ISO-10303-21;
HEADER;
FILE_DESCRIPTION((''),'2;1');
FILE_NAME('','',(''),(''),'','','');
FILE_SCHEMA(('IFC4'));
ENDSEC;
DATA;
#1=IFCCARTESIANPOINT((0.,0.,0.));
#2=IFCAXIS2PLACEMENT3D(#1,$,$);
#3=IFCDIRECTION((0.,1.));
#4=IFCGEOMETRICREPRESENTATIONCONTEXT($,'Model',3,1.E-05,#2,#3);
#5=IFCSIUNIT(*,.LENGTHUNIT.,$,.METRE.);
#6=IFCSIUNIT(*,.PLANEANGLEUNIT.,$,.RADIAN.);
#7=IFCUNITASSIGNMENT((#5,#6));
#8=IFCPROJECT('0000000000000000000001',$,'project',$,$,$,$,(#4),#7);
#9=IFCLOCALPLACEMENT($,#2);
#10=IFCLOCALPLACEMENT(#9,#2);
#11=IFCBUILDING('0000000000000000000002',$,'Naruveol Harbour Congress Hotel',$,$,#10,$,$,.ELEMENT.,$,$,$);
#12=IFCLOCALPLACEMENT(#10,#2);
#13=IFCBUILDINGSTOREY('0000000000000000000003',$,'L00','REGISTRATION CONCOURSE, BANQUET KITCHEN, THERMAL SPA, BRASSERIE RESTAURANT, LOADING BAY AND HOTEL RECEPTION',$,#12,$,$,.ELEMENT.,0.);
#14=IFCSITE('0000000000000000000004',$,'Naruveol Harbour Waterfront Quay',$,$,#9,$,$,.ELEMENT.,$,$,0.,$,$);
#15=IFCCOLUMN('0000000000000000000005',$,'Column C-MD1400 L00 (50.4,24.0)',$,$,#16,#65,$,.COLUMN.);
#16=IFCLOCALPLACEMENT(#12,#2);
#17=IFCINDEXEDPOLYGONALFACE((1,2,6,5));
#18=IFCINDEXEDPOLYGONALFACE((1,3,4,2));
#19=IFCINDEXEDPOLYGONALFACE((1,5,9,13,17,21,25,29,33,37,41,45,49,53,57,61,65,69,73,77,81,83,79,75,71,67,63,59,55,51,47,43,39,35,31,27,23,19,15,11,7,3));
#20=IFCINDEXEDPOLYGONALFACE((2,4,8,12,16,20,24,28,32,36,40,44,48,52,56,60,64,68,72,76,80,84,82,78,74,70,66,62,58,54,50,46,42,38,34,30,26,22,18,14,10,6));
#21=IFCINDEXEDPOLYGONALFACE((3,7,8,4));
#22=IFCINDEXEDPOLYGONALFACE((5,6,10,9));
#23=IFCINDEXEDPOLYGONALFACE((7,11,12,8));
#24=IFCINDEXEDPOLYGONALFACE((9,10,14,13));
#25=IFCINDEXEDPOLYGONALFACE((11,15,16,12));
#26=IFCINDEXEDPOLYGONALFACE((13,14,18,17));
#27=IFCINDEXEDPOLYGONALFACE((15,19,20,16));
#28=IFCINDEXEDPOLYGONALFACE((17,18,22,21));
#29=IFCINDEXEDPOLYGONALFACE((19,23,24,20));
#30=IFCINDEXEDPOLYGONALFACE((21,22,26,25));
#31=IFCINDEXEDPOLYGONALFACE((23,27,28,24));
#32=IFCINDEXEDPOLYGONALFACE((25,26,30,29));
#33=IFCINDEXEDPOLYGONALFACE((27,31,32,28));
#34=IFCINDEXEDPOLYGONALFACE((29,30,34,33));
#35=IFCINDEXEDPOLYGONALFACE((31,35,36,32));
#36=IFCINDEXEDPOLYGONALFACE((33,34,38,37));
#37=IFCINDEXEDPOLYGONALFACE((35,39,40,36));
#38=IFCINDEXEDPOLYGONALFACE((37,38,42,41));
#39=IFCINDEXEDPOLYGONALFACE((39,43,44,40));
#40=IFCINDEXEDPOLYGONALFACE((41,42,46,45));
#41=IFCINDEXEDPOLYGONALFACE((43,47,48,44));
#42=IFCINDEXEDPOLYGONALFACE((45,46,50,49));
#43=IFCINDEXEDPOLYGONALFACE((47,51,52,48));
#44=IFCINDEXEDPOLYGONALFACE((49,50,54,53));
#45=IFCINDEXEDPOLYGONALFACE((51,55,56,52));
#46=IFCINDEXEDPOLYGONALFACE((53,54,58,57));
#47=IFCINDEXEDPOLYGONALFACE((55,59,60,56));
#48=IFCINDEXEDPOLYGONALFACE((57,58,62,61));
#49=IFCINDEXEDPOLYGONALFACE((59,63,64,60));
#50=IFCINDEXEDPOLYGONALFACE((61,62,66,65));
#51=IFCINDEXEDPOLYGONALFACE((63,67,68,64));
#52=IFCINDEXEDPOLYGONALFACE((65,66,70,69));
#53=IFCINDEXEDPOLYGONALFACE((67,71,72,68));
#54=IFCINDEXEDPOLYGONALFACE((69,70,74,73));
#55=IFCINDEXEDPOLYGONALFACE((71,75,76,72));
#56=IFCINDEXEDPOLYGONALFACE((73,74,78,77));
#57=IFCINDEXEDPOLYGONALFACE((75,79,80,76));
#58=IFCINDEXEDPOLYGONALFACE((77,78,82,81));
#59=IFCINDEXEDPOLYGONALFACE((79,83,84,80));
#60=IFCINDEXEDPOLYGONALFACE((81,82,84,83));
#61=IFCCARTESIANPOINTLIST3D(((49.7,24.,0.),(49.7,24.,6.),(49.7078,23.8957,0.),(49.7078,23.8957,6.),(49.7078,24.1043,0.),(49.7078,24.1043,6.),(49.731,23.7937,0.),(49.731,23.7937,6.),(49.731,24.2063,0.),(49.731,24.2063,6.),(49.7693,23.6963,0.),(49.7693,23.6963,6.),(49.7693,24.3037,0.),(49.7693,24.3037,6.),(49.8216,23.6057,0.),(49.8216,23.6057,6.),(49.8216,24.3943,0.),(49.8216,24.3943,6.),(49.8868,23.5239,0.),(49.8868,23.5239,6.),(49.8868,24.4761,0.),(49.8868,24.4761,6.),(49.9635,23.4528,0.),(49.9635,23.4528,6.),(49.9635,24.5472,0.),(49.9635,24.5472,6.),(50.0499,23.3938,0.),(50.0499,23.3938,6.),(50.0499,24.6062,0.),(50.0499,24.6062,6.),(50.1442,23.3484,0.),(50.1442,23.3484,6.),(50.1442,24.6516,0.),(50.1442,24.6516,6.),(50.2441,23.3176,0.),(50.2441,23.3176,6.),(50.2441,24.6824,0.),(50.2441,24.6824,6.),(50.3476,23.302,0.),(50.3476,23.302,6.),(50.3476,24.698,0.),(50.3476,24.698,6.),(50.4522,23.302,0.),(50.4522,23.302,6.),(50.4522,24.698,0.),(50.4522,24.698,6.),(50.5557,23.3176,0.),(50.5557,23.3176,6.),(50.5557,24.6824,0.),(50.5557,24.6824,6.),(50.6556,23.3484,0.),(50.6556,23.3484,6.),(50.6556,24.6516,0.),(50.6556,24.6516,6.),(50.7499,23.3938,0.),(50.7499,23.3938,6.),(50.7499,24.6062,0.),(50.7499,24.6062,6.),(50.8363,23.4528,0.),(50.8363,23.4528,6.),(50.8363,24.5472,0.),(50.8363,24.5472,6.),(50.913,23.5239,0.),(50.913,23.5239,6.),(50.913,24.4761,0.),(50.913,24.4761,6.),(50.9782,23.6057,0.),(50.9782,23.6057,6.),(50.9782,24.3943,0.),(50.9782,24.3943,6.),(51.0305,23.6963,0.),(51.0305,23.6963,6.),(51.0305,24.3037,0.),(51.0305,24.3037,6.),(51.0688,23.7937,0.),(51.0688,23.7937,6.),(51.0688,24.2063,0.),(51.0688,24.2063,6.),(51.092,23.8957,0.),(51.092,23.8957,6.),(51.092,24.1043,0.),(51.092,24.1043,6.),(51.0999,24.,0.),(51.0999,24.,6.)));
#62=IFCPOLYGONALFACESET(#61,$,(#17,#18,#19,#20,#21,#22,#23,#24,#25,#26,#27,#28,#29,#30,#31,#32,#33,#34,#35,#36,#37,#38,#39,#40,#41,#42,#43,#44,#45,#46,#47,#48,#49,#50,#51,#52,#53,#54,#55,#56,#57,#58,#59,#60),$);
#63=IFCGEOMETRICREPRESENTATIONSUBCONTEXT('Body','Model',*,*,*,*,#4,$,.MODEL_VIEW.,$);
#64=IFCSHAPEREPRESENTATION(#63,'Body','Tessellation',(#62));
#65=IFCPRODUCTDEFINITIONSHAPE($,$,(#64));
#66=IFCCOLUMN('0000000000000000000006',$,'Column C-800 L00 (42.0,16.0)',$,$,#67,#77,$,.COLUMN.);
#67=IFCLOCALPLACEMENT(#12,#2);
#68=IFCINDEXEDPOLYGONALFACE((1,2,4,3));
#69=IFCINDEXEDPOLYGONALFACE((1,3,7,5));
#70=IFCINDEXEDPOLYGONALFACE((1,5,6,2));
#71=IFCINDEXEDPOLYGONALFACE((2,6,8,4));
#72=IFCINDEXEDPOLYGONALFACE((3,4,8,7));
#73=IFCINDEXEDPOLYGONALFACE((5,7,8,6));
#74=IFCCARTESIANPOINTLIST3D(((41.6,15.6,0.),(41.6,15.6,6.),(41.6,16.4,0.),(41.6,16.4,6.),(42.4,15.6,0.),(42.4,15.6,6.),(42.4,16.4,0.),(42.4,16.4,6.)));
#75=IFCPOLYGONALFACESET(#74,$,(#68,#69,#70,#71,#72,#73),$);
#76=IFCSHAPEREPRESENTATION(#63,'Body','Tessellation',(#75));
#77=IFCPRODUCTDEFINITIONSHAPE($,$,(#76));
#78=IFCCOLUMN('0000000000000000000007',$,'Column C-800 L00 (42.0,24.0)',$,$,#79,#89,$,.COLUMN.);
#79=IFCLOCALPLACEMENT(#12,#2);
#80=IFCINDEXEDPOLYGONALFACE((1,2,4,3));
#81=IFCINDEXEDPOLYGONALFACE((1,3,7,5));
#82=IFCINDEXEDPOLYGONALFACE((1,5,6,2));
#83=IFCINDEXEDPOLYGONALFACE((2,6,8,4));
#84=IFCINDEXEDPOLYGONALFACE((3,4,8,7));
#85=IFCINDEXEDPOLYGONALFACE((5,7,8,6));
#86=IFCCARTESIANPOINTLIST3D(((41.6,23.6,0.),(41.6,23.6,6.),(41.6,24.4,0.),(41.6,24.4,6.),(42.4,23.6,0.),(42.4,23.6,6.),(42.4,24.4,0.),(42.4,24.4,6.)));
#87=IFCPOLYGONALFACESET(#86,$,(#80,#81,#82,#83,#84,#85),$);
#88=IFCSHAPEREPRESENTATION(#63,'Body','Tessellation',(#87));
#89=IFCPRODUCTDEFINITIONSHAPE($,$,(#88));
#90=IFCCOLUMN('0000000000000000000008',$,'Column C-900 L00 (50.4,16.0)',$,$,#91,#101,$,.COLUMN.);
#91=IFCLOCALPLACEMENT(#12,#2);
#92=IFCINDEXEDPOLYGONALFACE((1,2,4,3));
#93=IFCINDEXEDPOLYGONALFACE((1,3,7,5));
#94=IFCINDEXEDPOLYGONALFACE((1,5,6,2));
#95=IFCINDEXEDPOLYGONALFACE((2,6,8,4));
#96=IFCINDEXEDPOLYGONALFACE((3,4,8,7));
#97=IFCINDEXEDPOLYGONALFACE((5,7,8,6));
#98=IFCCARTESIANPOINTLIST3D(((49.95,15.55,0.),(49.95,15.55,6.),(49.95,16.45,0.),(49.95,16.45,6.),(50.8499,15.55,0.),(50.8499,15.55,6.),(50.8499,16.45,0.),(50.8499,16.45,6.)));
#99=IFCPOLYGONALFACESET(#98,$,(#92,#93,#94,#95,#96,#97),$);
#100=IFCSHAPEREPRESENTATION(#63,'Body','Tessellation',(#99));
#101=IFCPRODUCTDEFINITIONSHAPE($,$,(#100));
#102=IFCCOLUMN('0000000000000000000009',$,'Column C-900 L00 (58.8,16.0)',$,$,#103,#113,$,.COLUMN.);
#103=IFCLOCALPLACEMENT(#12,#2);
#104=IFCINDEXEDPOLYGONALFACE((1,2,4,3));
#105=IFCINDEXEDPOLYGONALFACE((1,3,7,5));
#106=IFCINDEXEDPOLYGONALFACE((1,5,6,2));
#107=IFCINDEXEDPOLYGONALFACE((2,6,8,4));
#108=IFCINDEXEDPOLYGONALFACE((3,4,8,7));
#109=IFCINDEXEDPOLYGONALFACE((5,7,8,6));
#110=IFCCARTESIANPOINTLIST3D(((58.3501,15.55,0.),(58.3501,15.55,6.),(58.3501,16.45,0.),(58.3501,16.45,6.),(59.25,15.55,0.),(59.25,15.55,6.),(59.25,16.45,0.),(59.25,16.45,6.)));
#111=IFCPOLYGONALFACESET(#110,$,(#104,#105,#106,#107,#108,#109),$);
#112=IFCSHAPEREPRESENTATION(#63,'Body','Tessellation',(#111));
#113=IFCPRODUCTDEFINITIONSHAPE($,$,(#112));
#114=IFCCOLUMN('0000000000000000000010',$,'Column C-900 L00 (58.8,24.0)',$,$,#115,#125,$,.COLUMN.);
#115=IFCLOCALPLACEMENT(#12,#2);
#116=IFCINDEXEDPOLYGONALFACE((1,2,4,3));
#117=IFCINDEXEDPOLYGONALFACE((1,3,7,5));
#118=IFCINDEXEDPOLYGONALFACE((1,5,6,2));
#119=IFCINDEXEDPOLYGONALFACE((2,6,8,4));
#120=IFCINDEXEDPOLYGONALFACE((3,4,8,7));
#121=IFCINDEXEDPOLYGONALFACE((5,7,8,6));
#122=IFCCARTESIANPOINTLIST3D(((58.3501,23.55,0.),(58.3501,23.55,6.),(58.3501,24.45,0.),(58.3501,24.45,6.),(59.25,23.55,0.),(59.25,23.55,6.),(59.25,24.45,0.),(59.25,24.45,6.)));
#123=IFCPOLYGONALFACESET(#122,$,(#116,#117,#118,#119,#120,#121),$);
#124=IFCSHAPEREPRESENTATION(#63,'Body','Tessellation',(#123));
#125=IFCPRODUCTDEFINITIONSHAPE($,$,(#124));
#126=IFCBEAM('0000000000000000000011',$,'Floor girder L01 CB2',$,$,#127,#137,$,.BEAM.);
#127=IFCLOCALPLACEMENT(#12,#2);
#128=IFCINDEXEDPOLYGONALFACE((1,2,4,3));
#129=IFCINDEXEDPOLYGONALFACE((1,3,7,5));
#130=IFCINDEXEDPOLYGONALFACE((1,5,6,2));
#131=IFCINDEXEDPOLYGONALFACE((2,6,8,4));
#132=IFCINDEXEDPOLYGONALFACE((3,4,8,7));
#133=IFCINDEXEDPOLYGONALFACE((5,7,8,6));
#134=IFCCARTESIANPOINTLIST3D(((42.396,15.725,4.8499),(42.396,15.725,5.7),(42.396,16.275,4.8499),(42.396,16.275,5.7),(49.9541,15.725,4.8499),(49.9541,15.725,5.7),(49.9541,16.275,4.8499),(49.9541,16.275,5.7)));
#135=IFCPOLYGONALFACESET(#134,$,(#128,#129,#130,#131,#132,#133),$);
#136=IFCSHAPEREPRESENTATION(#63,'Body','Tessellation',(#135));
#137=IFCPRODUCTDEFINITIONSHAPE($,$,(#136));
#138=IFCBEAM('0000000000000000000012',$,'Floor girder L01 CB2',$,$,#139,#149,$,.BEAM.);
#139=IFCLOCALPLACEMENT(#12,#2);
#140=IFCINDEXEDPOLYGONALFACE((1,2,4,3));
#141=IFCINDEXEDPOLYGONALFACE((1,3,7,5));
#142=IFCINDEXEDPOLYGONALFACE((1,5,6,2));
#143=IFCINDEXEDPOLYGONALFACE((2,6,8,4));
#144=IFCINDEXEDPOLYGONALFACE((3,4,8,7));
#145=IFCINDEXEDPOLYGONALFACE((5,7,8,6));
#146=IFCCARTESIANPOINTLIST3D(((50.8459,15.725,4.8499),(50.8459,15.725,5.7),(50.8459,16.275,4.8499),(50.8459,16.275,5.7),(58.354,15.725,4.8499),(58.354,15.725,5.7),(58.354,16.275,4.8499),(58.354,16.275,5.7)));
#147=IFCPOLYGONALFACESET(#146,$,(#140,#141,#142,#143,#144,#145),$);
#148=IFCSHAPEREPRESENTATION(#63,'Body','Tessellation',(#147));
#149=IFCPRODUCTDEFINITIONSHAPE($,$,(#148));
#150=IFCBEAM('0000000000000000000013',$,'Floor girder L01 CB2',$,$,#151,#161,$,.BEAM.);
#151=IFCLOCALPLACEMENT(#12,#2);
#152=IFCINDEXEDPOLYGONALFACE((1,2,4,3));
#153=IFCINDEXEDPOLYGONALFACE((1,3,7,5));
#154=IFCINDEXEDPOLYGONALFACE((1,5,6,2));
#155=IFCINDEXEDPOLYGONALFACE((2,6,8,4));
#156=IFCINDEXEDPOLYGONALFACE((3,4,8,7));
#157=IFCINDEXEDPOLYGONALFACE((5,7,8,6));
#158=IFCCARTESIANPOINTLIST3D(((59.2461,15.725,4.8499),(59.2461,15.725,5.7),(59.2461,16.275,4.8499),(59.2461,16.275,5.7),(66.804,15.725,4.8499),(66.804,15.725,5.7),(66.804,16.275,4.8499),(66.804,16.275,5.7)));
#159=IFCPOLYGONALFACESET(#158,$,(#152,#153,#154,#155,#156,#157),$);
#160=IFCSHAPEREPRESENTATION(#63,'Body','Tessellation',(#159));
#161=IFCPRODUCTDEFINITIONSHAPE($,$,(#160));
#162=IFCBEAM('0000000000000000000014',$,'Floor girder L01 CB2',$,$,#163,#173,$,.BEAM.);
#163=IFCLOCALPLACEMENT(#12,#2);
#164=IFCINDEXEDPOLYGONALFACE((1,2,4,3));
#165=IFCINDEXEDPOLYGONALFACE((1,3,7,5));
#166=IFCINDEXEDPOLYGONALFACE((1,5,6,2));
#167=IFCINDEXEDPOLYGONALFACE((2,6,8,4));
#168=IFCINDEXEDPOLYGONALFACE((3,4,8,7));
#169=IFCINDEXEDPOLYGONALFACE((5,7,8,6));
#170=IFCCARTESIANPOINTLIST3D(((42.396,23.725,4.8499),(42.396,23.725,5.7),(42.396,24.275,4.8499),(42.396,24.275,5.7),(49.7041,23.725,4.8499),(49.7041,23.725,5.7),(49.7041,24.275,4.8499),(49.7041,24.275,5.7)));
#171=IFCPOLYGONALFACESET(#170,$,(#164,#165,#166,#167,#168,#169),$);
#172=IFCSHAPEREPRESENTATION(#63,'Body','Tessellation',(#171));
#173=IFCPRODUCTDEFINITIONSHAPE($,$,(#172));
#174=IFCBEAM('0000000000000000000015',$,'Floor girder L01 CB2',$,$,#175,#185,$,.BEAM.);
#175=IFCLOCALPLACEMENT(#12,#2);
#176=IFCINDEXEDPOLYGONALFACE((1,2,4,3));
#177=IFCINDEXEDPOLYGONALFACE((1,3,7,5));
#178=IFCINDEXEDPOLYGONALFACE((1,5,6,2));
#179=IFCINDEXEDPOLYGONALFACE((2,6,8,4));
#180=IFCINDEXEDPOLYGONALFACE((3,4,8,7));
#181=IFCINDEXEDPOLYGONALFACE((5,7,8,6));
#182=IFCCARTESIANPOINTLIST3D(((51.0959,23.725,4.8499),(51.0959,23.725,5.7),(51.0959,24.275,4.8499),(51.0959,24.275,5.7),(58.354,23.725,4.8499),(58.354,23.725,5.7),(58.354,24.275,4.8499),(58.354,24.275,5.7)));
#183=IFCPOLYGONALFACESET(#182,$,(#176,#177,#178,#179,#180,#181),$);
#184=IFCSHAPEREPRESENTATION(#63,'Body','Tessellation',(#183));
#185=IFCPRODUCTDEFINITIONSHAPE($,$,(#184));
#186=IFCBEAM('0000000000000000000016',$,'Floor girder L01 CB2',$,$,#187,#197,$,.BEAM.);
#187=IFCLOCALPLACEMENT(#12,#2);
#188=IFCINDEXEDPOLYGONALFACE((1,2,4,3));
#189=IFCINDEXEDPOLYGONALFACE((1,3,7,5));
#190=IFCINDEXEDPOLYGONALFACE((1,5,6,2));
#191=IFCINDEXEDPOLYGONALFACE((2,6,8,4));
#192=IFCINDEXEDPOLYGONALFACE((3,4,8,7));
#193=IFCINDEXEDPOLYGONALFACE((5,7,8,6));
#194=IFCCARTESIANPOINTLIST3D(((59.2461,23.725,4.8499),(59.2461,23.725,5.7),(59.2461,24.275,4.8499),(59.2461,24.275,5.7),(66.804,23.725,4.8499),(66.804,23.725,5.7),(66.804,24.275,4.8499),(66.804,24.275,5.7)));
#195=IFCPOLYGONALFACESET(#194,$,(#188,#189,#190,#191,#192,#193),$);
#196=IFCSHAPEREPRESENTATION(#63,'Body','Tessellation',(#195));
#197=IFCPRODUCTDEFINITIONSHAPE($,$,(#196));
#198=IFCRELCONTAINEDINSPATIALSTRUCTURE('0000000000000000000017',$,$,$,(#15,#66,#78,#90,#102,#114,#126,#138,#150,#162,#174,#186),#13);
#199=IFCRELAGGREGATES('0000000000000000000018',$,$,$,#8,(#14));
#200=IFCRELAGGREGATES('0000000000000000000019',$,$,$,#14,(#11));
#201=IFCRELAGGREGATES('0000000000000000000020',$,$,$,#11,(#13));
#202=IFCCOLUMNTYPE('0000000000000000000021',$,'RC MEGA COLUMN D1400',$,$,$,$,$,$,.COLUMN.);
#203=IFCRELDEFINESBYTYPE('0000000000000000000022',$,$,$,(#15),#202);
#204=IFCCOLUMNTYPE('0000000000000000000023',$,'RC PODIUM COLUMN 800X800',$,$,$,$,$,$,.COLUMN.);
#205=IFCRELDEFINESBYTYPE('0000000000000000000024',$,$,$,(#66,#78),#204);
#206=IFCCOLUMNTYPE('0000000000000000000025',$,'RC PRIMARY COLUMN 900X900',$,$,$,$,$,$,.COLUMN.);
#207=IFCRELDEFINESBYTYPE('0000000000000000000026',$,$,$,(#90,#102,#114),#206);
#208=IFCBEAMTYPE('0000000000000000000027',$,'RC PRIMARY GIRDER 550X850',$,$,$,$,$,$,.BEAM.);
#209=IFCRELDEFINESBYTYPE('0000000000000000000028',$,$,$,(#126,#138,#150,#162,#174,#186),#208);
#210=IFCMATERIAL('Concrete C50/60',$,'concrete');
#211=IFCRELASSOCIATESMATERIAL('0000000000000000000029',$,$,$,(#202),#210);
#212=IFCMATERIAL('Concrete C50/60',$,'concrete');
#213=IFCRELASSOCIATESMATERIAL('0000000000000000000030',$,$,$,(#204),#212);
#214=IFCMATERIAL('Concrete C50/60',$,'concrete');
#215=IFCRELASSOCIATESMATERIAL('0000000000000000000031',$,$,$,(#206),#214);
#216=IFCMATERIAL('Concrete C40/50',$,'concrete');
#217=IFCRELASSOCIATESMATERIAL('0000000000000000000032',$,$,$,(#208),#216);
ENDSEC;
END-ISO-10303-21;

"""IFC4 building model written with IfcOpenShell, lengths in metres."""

from ifc_helpers import new_model, si_unit, direction, frame, origin, origin_2d, place, context, subcontext, project, spatial, rectangle, circle, extrude, material, material_profile, profile_set, type_object, element, save


model = new_model("IFC4")

# Units and contexts
model_context = context("Model", 3, precision=1e-05, world=origin(), true_north=direction((0.0, 1.0)))
body_context = subcontext(model_context, "Body", "Model", "MODEL_VIEW")
ifc_project = project(units=[si_unit("LENGTHUNIT", "METRE"), si_unit("PLANEANGLEUNIT", "RADIAN")], contexts=[model_context])

# Site, building, storey
site_placement = place(None, origin())
site = spatial("IfcSite", under=ifc_project, at=site_placement, Name="Naruveol Harbour Waterfront Quay", CompositionType="ELEMENT", RefElevation=0.0)
building_placement = place(site_placement, origin())
building = spatial("IfcBuilding", under=site, at=building_placement, Name="Naruveol Harbour Congress Hotel", CompositionType="ELEMENT")
storey_placement = place(building_placement, origin())
storey = spatial("IfcBuildingStorey", under=building, at=storey_placement, Name="L00", Description="REGISTRATION CONCOURSE, BANQUET KITCHEN, THERMAL SPA, BRASSERIE RESTAURANT, LOADING BAY AND HOTEL RECEPTION", CompositionType="ELEMENT", Elevation=0.0)

# Columns
ifc_material_1 = material(Name="Concrete C50/60", Category="concrete")
ifc_material_profile_1 = material_profile(ifc_material_1, circle(Radius=0.7, at=origin_2d()), Name="RC-D1400")
ifc_profile_set_1 = profile_set([ifc_material_profile_1], Name="Concrete C50/60")
column_type_1 = type_object("IfcColumnType", Name="RC MEGA COLUMN D1400", PredefinedType="COLUMN", material=ifc_profile_set_1)
column_placement = place(storey_placement, frame((50.3999, 24.0, 0.0), z_axis=(0.0, 0.0, 1.0), x_axis=(1.0, 0.0, 0.0)))
element("IfcColumn", 1, at=column_placement, inside=storey, type_object=column_type_1, Name="Column C-MD1400 L00 (50.4,24.0)", PredefinedType="COLUMN", context=body_context, shape_type="SweptSolid", body=[
    extrude(circle(Radius=0.7, at=origin_2d()), origin(), (0.0, 0.0, 1.0), 6.0),
])
ifc_material_2 = material(Name="Concrete C50/60", Category="concrete")
ifc_material_profile_2 = material_profile(ifc_material_2, rectangle(XDim=0.8, YDim=0.8, at=origin_2d()), Name="RC-800x800")
ifc_profile_set_2 = profile_set([ifc_material_profile_2], Name="Concrete C50/60")
column_type_2 = type_object("IfcColumnType", Name="RC PODIUM COLUMN 800X800", PredefinedType="COLUMN", material=ifc_profile_set_2)
for number, where, z_axis, x_axis, name in (
    (2, (42.0, 16.0, 0.0), (0.0, 0.0, 1.0), (1.0, 0.0, 0.0), "Column C-800 L00 (42.0,16.0)"),
    (3, (42.0, 24.0, 0.0), (0.0, 0.0, 1.0), (1.0, 0.0, 0.0), "Column C-800 L00 (42.0,24.0)"),
):
    element("IfcColumn", number, at=place(storey_placement, frame(where, z_axis=z_axis, x_axis=x_axis)), inside=storey, type_object=column_type_2, Name=name, PredefinedType="COLUMN", context=body_context, shape_type="SweptSolid", body=[
        extrude(rectangle(XDim=0.8, YDim=0.8, at=origin_2d()), origin(), (0.0, 0.0, 1.0), 6.0),
    ])
ifc_material_3 = material(Name="Concrete C50/60", Category="concrete")
ifc_material_profile_3 = material_profile(ifc_material_3, rectangle(XDim=0.8999, YDim=0.8999, at=origin_2d()), Name="RC-900x900")
ifc_profile_set_3 = profile_set([ifc_material_profile_3], Name="Concrete C50/60")
column_type_3 = type_object("IfcColumnType", Name="RC PRIMARY COLUMN 900X900", PredefinedType="COLUMN", material=ifc_profile_set_3)
for number, where, z_axis, x_axis, name in (
    (4, (50.3999, 16.0, 0.0), (0.0, 0.0, 1.0), (1.0, 0.0, 0.0), "Column C-900 L00 (50.4,16.0)"),
    (5, (58.8, 16.0, 0.0), (0.0, 0.0, 1.0), (1.0, 0.0, 0.0), "Column C-900 L00 (58.8,16.0)"),
    (6, (58.8, 24.0, 0.0), (0.0, 0.0, 1.0), (1.0, 0.0, 0.0), "Column C-900 L00 (58.8,24.0)"),
):
    element("IfcColumn", number, at=place(storey_placement, frame(where, z_axis=z_axis, x_axis=x_axis)), inside=storey, type_object=column_type_3, Name=name, PredefinedType="COLUMN", context=body_context, shape_type="SweptSolid", body=[
        extrude(rectangle(XDim=0.8999, YDim=0.8999, at=origin_2d()), origin(), (0.0, 0.0, 1.0), 6.0),
    ])

# Beams
ifc_material_4 = material(Name="Concrete C40/50", Category="concrete")
ifc_material_profile_4 = material_profile(ifc_material_4, rectangle(XDim=0.55, YDim=0.8501, at=origin_2d()), Name="RCB-550x850")
ifc_profile_set_4 = profile_set([ifc_material_profile_4], Name="Concrete C40/50")
beam_type_1 = type_object("IfcBeamType", Name="RC PRIMARY GIRDER 550X850", PredefinedType="BEAM", material=ifc_profile_set_4)
beam_1_placement = place(storey_placement, frame((42.396, 16.0, 5.2749), z_axis=(1.0, 0.0, 0.0), x_axis=(0.0, 1.0, 0.0)))
element("IfcBeam", 7, at=beam_1_placement, inside=storey, type_object=beam_type_1, Name="Floor girder L01 CB2", PredefinedType="BEAM", context=body_context, shape_type="SweptSolid", body=[
    extrude(rectangle(XDim=0.55, YDim=0.8501, at=origin_2d()), origin(), (0.0, 0.0, 1.0), 7.5581),
])
beam_2_placement = place(storey_placement, frame((50.8459, 16.0, 5.2749), z_axis=(1.0, 0.0, 0.0), x_axis=(0.0, 1.0, 0.0)))
element("IfcBeam", 8, at=beam_2_placement, inside=storey, type_object=beam_type_1, Name="Floor girder L01 CB2", PredefinedType="BEAM", context=body_context, shape_type="SweptSolid", body=[
    extrude(rectangle(XDim=0.55, YDim=0.8501, at=origin_2d()), origin(), (0.0, 0.0, 1.0), 7.5081),
])
beam_3_placement = place(storey_placement, frame((59.2461, 16.0, 5.2749), z_axis=(1.0, 0.0, 0.0), x_axis=(0.0, 1.0, 0.0)))
element("IfcBeam", 9, at=beam_3_placement, inside=storey, type_object=beam_type_1, Name="Floor girder L01 CB2", PredefinedType="BEAM", context=body_context, shape_type="SweptSolid", body=[
    extrude(rectangle(XDim=0.55, YDim=0.8501, at=origin_2d()), origin(), (0.0, 0.0, 1.0), 7.5579),
])
beam_4_placement = place(storey_placement, frame((42.396, 24.0, 5.2749), z_axis=(1.0, 0.0, 0.0), x_axis=(0.0, 1.0, 0.0)))
element("IfcBeam", 10, at=beam_4_placement, inside=storey, type_object=beam_type_1, Name="Floor girder L01 CB2", PredefinedType="BEAM", context=body_context, shape_type="SweptSolid", body=[
    extrude(rectangle(XDim=0.55, YDim=0.8501, at=origin_2d()), origin(), (0.0, 0.0, 1.0), 7.3081),
])
beam_5_placement = place(storey_placement, frame((51.0959, 24.0, 5.2749), z_axis=(1.0, 0.0, 0.0), x_axis=(0.0, 1.0, 0.0)))
element("IfcBeam", 11, at=beam_5_placement, inside=storey, type_object=beam_type_1, Name="Floor girder L01 CB2", PredefinedType="BEAM", context=body_context, shape_type="SweptSolid", body=[
    extrude(rectangle(XDim=0.55, YDim=0.8501, at=origin_2d()), origin(), (0.0, 0.0, 1.0), 7.2581),
])
beam_6_placement = place(storey_placement, frame((59.2461, 24.0, 5.2749), z_axis=(1.0, 0.0, 0.0), x_axis=(0.0, 1.0, 0.0)))
element("IfcBeam", 12, at=beam_6_placement, inside=storey, type_object=beam_type_1, Name="Floor girder L01 CB2", PredefinedType="BEAM", context=body_context, shape_type="SweptSolid", body=[
    extrude(rectangle(XDim=0.55, YDim=0.8501, at=origin_2d()), origin(), (0.0, 0.0, 1.0), 7.5579),
])

save(model, "model.ifc")
